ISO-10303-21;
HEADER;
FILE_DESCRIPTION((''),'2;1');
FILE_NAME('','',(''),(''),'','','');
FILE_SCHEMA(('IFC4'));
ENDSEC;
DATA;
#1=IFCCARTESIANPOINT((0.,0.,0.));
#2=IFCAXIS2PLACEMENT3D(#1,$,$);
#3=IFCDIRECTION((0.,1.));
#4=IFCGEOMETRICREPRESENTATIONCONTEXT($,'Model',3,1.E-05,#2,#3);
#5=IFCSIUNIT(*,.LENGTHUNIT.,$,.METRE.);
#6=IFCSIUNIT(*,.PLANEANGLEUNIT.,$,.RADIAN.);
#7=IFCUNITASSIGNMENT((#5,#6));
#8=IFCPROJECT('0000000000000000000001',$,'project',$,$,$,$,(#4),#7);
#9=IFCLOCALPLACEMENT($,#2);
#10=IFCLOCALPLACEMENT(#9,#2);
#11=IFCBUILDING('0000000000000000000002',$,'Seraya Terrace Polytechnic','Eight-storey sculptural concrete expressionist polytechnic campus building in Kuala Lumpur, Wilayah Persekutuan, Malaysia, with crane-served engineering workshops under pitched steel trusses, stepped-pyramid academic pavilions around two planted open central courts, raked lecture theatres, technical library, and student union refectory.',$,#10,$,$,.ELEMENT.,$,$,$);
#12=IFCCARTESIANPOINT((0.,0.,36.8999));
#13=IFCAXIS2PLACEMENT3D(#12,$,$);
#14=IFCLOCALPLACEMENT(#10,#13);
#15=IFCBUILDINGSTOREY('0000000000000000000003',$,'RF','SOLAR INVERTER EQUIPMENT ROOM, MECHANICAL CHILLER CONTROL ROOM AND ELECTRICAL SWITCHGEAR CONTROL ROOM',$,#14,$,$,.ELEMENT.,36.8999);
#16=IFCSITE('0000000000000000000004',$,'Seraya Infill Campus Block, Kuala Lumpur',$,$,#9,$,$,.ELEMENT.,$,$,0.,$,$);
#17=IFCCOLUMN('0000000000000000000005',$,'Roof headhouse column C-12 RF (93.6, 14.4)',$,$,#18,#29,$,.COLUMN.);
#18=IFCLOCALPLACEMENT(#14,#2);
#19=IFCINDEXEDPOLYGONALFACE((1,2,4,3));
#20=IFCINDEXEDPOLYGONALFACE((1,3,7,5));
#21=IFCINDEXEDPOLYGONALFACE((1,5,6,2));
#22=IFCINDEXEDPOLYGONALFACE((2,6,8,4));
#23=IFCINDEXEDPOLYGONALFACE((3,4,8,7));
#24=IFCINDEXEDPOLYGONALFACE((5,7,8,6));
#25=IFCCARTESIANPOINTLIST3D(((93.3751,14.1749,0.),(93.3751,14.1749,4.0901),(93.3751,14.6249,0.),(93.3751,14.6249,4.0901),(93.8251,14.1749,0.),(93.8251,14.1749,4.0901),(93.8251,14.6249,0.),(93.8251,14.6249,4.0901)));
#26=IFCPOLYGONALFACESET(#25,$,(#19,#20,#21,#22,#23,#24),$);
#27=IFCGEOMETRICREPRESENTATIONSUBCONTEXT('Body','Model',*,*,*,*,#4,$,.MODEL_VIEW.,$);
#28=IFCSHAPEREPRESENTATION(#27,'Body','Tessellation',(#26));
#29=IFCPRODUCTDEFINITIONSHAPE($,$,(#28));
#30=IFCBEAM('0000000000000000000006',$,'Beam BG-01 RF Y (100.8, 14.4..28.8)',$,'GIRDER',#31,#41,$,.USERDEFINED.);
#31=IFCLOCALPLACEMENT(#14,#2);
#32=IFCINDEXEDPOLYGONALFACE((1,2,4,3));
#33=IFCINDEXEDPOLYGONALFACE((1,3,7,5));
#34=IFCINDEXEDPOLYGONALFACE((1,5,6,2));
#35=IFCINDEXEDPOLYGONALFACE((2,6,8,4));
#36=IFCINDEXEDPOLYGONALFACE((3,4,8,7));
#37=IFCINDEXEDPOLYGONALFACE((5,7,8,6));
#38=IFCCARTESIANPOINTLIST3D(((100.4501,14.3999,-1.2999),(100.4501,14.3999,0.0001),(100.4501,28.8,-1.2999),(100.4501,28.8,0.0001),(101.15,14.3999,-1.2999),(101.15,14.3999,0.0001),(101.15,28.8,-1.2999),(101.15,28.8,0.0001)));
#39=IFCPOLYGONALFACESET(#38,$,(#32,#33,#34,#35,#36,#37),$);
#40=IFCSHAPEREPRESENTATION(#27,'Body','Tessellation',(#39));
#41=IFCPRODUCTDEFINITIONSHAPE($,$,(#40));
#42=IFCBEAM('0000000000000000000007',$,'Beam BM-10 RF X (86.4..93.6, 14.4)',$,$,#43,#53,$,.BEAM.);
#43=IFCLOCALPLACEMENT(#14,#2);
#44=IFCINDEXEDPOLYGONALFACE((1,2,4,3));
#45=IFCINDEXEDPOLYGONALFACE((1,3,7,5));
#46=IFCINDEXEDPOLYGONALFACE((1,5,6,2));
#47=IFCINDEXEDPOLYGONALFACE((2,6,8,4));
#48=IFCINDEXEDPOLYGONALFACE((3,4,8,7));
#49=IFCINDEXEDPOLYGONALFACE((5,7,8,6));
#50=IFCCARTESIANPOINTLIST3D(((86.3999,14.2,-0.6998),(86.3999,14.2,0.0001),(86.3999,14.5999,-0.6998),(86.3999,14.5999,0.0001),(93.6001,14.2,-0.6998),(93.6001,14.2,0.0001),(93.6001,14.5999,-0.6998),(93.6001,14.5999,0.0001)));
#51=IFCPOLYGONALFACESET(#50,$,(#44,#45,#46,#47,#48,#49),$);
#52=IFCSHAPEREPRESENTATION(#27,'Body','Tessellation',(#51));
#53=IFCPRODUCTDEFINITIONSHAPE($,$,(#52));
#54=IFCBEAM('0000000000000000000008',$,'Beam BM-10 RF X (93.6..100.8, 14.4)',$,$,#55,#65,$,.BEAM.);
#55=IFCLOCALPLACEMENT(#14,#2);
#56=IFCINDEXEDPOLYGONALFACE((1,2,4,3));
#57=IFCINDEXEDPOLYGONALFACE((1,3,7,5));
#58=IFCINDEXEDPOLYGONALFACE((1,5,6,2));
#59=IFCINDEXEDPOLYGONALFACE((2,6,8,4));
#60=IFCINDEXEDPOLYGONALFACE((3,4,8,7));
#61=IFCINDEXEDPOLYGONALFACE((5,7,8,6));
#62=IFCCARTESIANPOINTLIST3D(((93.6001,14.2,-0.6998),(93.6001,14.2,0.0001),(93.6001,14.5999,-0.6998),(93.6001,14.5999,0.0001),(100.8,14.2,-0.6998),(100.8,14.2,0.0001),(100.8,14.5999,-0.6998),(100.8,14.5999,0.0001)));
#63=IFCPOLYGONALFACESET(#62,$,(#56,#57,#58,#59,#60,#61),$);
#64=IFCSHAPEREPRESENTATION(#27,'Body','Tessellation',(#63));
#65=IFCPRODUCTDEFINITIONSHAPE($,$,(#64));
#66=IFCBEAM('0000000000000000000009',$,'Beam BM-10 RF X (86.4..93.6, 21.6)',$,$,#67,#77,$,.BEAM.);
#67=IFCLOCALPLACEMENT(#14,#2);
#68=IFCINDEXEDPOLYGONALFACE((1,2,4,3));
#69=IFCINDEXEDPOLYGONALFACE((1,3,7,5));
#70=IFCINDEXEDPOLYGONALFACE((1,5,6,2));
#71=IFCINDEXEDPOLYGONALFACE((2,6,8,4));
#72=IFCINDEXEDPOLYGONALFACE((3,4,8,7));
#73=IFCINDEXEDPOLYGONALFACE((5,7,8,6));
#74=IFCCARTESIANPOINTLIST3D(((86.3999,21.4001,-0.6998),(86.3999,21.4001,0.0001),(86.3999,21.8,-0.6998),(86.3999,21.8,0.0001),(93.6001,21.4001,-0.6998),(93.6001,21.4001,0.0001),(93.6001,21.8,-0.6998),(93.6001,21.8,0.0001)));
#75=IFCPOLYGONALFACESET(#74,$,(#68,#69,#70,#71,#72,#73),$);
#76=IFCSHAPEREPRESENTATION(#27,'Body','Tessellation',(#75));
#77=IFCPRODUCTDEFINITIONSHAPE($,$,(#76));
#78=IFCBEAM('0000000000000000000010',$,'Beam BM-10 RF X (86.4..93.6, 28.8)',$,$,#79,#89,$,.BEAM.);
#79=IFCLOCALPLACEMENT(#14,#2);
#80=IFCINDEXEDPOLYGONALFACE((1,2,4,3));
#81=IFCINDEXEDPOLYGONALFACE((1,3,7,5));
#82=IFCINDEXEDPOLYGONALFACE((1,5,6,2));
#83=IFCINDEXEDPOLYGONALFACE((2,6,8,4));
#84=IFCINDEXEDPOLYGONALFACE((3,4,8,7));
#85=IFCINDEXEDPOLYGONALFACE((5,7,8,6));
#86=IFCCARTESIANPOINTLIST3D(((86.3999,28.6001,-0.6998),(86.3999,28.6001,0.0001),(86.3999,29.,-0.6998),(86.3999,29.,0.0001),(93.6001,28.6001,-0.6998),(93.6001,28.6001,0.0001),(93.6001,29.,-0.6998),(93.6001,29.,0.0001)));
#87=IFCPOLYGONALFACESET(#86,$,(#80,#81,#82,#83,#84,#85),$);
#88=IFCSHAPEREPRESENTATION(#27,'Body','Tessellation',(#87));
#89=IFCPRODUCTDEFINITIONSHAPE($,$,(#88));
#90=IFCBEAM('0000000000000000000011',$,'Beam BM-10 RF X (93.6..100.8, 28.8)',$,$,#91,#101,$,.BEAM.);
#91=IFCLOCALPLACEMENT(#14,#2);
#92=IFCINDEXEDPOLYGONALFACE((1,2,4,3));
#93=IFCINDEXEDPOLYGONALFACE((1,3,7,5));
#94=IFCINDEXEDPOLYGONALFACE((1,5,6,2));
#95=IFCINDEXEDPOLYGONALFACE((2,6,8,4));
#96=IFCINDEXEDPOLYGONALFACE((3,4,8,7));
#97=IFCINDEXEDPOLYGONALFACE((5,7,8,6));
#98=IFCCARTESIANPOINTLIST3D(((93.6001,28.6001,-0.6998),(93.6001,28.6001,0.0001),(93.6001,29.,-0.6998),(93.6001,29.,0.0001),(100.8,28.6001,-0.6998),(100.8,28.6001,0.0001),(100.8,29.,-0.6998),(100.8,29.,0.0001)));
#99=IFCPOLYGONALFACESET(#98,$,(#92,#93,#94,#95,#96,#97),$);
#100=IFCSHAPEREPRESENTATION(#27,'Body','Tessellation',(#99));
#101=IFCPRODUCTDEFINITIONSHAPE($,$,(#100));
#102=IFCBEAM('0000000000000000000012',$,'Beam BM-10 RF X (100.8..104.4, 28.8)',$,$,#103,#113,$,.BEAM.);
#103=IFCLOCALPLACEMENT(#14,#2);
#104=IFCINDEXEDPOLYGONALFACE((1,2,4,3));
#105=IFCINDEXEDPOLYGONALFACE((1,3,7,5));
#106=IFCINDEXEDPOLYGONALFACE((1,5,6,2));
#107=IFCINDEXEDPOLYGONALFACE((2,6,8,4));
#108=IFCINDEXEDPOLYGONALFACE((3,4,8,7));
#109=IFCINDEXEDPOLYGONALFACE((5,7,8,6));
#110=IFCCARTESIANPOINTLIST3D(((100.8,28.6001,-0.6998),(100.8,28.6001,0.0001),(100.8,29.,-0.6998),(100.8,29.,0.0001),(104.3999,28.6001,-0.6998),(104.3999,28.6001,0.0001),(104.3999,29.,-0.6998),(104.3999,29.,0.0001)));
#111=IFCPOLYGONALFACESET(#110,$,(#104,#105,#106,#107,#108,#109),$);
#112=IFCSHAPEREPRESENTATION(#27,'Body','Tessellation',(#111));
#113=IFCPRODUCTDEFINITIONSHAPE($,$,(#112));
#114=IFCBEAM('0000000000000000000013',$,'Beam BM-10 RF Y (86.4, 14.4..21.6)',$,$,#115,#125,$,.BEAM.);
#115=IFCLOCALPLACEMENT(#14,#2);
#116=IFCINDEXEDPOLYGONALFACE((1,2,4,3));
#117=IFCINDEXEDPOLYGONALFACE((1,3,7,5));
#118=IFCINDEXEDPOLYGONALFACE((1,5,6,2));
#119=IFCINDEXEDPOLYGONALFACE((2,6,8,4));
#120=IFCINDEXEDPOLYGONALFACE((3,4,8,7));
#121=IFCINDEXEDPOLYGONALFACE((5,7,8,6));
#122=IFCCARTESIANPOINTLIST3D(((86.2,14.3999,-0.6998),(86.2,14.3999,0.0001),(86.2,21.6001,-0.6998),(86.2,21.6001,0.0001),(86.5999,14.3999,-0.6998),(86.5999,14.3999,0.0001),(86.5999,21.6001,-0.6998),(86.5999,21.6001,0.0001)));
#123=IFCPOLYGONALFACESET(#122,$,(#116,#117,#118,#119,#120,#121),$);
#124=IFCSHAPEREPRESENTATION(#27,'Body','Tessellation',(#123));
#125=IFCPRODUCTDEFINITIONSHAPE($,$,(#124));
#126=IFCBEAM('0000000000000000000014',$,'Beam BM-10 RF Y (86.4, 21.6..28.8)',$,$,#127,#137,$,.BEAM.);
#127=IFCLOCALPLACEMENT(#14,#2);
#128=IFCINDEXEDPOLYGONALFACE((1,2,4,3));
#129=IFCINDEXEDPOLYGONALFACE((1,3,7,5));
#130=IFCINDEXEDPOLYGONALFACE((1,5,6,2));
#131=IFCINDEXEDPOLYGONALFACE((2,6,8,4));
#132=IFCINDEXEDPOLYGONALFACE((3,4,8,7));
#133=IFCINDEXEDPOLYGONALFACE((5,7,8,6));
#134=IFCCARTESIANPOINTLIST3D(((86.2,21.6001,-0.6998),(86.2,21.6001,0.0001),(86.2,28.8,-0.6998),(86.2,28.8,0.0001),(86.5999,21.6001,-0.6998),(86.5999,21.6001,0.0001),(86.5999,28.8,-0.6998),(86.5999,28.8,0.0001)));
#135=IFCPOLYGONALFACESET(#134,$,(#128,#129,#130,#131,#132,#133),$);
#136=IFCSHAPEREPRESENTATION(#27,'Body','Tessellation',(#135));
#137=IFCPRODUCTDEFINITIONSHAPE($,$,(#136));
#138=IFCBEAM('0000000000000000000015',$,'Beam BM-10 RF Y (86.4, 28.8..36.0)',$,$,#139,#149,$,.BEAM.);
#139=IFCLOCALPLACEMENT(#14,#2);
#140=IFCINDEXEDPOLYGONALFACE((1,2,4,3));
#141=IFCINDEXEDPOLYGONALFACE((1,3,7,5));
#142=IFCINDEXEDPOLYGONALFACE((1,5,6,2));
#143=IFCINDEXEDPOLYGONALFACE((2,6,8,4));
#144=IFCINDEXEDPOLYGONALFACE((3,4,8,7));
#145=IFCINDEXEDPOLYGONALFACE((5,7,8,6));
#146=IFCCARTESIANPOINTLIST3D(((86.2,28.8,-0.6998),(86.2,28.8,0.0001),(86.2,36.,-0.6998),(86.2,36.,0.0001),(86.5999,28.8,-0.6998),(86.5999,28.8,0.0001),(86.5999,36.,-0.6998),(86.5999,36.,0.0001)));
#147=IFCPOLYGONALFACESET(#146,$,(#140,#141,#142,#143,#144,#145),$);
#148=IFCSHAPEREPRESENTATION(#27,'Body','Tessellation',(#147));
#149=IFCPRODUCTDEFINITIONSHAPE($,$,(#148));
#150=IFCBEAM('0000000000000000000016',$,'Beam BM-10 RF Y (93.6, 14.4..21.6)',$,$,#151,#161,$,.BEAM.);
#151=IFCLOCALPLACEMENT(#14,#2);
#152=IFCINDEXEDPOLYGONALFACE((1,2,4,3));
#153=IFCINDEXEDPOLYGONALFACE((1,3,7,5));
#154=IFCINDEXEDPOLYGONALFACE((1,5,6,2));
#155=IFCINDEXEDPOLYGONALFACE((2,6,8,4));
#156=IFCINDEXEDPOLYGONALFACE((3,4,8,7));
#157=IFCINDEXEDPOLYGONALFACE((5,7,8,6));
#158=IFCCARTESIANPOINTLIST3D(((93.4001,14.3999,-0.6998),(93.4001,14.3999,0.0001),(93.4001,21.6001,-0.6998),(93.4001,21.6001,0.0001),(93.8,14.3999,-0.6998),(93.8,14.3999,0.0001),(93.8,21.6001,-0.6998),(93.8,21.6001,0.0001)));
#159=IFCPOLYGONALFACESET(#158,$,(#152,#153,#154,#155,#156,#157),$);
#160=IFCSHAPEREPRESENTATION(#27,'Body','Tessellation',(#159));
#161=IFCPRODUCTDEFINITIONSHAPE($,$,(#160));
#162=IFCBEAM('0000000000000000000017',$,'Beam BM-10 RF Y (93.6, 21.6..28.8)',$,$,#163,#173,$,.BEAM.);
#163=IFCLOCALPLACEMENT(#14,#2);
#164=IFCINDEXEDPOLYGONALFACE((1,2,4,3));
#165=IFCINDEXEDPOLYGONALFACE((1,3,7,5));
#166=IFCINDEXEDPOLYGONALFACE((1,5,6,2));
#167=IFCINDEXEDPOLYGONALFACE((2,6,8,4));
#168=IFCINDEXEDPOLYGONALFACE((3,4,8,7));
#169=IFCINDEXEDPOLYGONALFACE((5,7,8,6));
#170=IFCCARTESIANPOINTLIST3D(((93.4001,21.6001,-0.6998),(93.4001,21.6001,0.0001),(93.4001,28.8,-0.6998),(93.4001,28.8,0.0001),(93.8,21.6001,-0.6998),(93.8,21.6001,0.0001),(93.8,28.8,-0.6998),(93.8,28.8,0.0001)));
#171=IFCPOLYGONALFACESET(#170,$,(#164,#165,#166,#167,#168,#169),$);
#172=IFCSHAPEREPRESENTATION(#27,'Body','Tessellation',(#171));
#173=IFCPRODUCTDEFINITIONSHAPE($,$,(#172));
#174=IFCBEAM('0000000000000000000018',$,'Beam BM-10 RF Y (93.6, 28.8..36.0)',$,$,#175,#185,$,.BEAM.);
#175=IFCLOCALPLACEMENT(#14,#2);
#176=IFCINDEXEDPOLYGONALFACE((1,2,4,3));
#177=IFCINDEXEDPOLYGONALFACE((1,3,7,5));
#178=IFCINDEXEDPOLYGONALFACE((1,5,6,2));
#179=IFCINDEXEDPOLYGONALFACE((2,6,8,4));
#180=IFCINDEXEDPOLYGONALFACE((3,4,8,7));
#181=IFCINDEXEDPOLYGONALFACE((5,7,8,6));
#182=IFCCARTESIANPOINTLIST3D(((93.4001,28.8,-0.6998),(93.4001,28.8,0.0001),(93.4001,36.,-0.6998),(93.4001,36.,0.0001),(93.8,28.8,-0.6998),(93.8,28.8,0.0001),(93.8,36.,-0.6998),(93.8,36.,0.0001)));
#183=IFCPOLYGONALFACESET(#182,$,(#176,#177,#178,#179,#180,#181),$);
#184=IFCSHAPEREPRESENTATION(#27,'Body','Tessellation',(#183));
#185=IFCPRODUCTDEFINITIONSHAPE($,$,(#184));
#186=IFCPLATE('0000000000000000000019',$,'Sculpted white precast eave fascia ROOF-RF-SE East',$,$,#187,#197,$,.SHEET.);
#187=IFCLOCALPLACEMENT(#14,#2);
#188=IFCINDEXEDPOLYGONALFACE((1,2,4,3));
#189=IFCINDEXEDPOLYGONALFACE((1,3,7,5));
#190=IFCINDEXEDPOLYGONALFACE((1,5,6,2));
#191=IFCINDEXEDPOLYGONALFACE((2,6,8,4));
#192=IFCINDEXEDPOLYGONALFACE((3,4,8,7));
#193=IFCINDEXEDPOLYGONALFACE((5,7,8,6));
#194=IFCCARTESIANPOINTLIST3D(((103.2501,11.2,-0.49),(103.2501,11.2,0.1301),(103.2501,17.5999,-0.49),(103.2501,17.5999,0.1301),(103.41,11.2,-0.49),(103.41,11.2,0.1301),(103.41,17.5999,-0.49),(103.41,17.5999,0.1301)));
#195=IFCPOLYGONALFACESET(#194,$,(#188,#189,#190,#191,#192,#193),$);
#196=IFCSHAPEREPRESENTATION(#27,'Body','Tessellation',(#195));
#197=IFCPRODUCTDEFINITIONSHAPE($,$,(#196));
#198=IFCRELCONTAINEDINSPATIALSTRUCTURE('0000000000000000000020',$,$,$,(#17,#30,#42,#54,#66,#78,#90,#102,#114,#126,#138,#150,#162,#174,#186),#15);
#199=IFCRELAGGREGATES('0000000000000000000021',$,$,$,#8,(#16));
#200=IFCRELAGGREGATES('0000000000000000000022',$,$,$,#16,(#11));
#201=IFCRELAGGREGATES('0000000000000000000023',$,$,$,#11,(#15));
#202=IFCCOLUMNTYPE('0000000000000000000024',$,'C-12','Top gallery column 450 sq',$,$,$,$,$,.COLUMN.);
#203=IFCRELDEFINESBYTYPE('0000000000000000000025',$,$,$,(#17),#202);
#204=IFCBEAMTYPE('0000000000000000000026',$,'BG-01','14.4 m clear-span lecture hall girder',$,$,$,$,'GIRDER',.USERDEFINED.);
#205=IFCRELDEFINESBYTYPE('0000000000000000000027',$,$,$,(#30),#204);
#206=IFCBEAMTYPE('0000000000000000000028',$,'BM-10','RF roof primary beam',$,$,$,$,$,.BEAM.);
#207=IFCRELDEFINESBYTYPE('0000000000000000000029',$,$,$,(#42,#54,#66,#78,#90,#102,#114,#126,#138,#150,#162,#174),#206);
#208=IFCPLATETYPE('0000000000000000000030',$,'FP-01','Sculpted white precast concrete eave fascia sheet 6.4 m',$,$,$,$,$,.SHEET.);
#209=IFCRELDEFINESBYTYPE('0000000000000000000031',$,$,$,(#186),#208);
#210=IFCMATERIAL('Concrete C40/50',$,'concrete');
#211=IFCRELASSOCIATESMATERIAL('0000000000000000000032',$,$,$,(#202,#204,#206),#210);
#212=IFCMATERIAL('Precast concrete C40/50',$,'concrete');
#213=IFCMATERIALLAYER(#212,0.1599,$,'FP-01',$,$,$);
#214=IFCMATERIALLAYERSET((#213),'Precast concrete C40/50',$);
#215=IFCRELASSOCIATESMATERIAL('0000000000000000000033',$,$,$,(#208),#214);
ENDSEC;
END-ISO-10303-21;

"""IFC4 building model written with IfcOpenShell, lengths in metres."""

from ifc_helpers import new_model, si_unit, direction, frame, origin, origin_2d, place, context, subcontext, project, spatial, rectangle, extrude, material, layer, layer_set, material_profile, profile_set, type_object, element, save


model = new_model("IFC4")

# Units and contexts
model_context = context("Model", 3, precision=1e-05, world=origin(), true_north=direction((0.0, 1.0)))
body_context = subcontext(model_context, "Body", "Model", "MODEL_VIEW")
ifc_project = project(units=[si_unit("LENGTHUNIT", "METRE"), si_unit("PLANEANGLEUNIT", "RADIAN")], contexts=[model_context])

# Site, building, storey
site_placement = place(None, origin())
site = spatial("IfcSite", under=ifc_project, at=site_placement, Name="Seraya Infill Campus Block, Kuala Lumpur", CompositionType="ELEMENT", RefElevation=0.0)
building_placement = place(site_placement, origin())
building = spatial("IfcBuilding", under=site, at=building_placement, Name="Seraya Terrace Polytechnic", Description="Eight-storey sculptural concrete expressionist polytechnic campus building in Kuala Lumpur, Wilayah Persekutuan, Malaysia, with crane-served engineering workshops under pitched steel trusses, stepped-pyramid academic pavilions around two planted open central courts, raked lecture theatres, technical library, and student union refectory.", CompositionType="ELEMENT")
storey_placement = place(building_placement, frame((0.0, 0.0, 36.8999)))
storey = spatial("IfcBuildingStorey", under=building, at=storey_placement, Name="RF", Description="SOLAR INVERTER EQUIPMENT ROOM, MECHANICAL CHILLER CONTROL ROOM AND ELECTRICAL SWITCHGEAR CONTROL ROOM", CompositionType="ELEMENT", Elevation=36.8999)

# Column
ifc_material_1 = material(Name="Concrete C40/50", Category="concrete")
ifc_material_profile_1 = material_profile(ifc_material_1, rectangle(XDim=0.45, YDim=0.45, at=origin_2d()), Name="RC 450x450")
ifc_profile_set_1 = profile_set([ifc_material_profile_1], Name="Concrete C40/50")
column_type = type_object("IfcColumnType", Name="C-12", Description="Top gallery column 450 sq", PredefinedType="COLUMN", material=ifc_profile_set_1)
column_placement = place(storey_placement, frame((93.6001, 14.3999, 0.0), z_axis=(0.0, 0.0, 1.0), x_axis=(1.0, 0.0, 0.0)))
element("IfcColumn", 1, at=column_placement, inside=storey, type_object=column_type, Name="Roof headhouse column C-12 RF (93.6, 14.4)", PredefinedType="COLUMN", context=body_context, shape_type="SweptSolid", body=[
    extrude(rectangle(XDim=0.45, YDim=0.45, at=origin_2d()), origin(), (0.0, 0.0, 1.0), 4.0901),
])

# Beams
ifc_material_profile_2 = material_profile(ifc_material_1, rectangle(XDim=0.7, YDim=1.3, at=origin_2d()), Name="RC 700x1300")
ifc_profile_set_2 = profile_set([ifc_material_profile_2], Name="Concrete C40/50")
beam_type_1 = type_object("IfcBeamType", Name="BG-01", Description="14.4 m clear-span lecture hall girder", ElementType="GIRDER", PredefinedType="USERDEFINED", material=ifc_profile_set_2)
beam_1_placement = place(storey_placement, frame((100.8, 14.3999, -0.6499), z_axis=(0.0, 1.0, 0.0), x_axis=(-1.0, 0.0, 0.0)))
element("IfcBeam", 2, at=beam_1_placement, inside=storey, type_object=beam_type_1, Name="Beam BG-01 RF Y (100.8, 14.4..28.8)", ObjectType="GIRDER", PredefinedType="USERDEFINED", context=body_context, shape_type="SweptSolid", body=[
    extrude(rectangle(XDim=0.7, YDim=1.3, at=origin_2d()), origin(), (0.0, 0.0, 1.0), 14.4001),
])
ifc_material_profile_3 = material_profile(ifc_material_1, rectangle(XDim=0.3999, YDim=0.7, at=origin_2d()), Name="RC 400x700")
ifc_profile_set_3 = profile_set([ifc_material_profile_3], Name="Concrete C40/50")
beam_type_2 = type_object("IfcBeamType", Name="BM-10", Description="RF roof primary beam", PredefinedType="BEAM", material=ifc_profile_set_3)
beam_2_placement = place(storey_placement, frame((86.3999, 14.3999, -0.3499), z_axis=(1.0, 0.0, 0.0), x_axis=(0.0, 1.0, 0.0)))
element("IfcBeam", 3, at=beam_2_placement, inside=storey, type_object=beam_type_2, Name="Beam BM-10 RF X (86.4..93.6, 14.4)", PredefinedType="BEAM", context=body_context, shape_type="SweptSolid", body=[
    extrude(rectangle(XDim=0.3999, YDim=0.7, at=origin_2d()), origin(), (0.0, 0.0, 1.0), 7.2002),
])
beam_3_placement = place(storey_placement, frame((93.6001, 14.3999, -0.3499), z_axis=(1.0, 0.0, 0.0), x_axis=(0.0, 1.0, 0.0)))
element("IfcBeam", 4, at=beam_3_placement, inside=storey, type_object=beam_type_2, Name="Beam BM-10 RF X (93.6..100.8, 14.4)", PredefinedType="BEAM", context=body_context, shape_type="SweptSolid", body=[
    extrude(rectangle(XDim=0.3999, YDim=0.7, at=origin_2d()), origin(), (0.0, 0.0, 1.0), 7.2),
])
for number, where, z_axis, x_axis, name in (
    (5, (86.3999, 21.6001, -0.3499), (1.0, 0.0, 0.0), (0.0, 1.0, 0.0), "Beam BM-10 RF X (86.4..93.6, 21.6)"),
    (6, (86.3999, 28.8, -0.3499), (1.0, 0.0, 0.0), (0.0, 1.0, 0.0), "Beam BM-10 RF X (86.4..93.6, 28.8)"),
):
    element("IfcBeam", number, at=place(storey_placement, frame(where, z_axis=z_axis, x_axis=x_axis)), inside=storey, type_object=beam_type_2, Name=name, PredefinedType="BEAM", context=body_context, shape_type="SweptSolid", body=[
        extrude(rectangle(XDim=0.3999, YDim=0.7, at=origin_2d()), origin(), (0.0, 0.0, 1.0), 7.2002),
    ])
beam_4_placement = place(storey_placement, frame((93.6001, 28.8, -0.3499), z_axis=(1.0, 0.0, 0.0), x_axis=(0.0, 1.0, 0.0)))
element("IfcBeam", 7, at=beam_4_placement, inside=storey, type_object=beam_type_2, Name="Beam BM-10 RF X (93.6..100.8, 28.8)", PredefinedType="BEAM", context=body_context, shape_type="SweptSolid", body=[
    extrude(rectangle(XDim=0.3999, YDim=0.7, at=origin_2d()), origin(), (0.0, 0.0, 1.0), 7.2),
])
beam_5_placement = place(storey_placement, frame((100.8, 28.8, -0.3499), z_axis=(1.0, 0.0, 0.0), x_axis=(0.0, 1.0, 0.0)))
element("IfcBeam", 8, at=beam_5_placement, inside=storey, type_object=beam_type_2, Name="Beam BM-10 RF X (100.8..104.4, 28.8)", PredefinedType="BEAM", context=body_context, shape_type="SweptSolid", body=[
    extrude(rectangle(XDim=0.3999, YDim=0.7, at=origin_2d()), origin(), (0.0, 0.0, 1.0), 3.5999),
])
beam_6_placement = place(storey_placement, frame((86.3999, 14.3999, -0.3499), z_axis=(0.0, 1.0, 0.0), x_axis=(-1.0, 0.0, 0.0)))
element("IfcBeam", 9, at=beam_6_placement, inside=storey, type_object=beam_type_2, Name="Beam BM-10 RF Y (86.4, 14.4..21.6)", PredefinedType="BEAM", context=body_context, shape_type="SweptSolid", body=[
    extrude(rectangle(XDim=0.3999, YDim=0.7, at=origin_2d()), origin(), (0.0, 0.0, 1.0), 7.2002),
])
for number, where, z_axis, x_axis, name in (
    (10, (86.3999, 21.6001, -0.3499), (0.0, 1.0, 0.0), (-1.0, 0.0, 0.0), "Beam BM-10 RF Y (86.4, 21.6..28.8)"),
    (11, (86.3999, 28.8, -0.3499), (0.0, 1.0, 0.0), (-1.0, 0.0, 0.0), "Beam BM-10 RF Y (86.4, 28.8..36.0)"),
):
    element("IfcBeam", number, at=place(storey_placement, frame(where, z_axis=z_axis, x_axis=x_axis)), inside=storey, type_object=beam_type_2, Name=name, PredefinedType="BEAM", context=body_context, shape_type="SweptSolid", body=[
        extrude(rectangle(XDim=0.3999, YDim=0.7, at=origin_2d()), origin(), (0.0, 0.0, 1.0), 7.2),
    ])
beam_7_placement = place(storey_placement, frame((93.6001, 14.3999, -0.3499), z_axis=(0.0, 1.0, 0.0), x_axis=(-1.0, 0.0, 0.0)))
element("IfcBeam", 12, at=beam_7_placement, inside=storey, type_object=beam_type_2, Name="Beam BM-10 RF Y (93.6, 14.4..21.6)", PredefinedType="BEAM", context=body_context, shape_type="SweptSolid", body=[
    extrude(rectangle(XDim=0.3999, YDim=0.7, at=origin_2d()), origin(), (0.0, 0.0, 1.0), 7.2002),
])
for number, where, z_axis, x_axis, name in (
    (13, (93.6001, 21.6001, -0.3499), (0.0, 1.0, 0.0), (-1.0, 0.0, 0.0), "Beam BM-10 RF Y (93.6, 21.6..28.8)"),
    (14, (93.6001, 28.8, -0.3499), (0.0, 1.0, 0.0), (-1.0, 0.0, 0.0), "Beam BM-10 RF Y (93.6, 28.8..36.0)"),
):
    element("IfcBeam", number, at=place(storey_placement, frame(where, z_axis=z_axis, x_axis=x_axis)), inside=storey, type_object=beam_type_2, Name=name, PredefinedType="BEAM", context=body_context, shape_type="SweptSolid", body=[
        extrude(rectangle(XDim=0.3999, YDim=0.7, at=origin_2d()), origin(), (0.0, 0.0, 1.0), 7.2),
    ])

# Plate
ifc_material_2 = material(Name="Precast concrete C40/50", Category="concrete")
ifc_layer_1 = layer(ifc_material_2, 0.1599, Name="FP-01")
ifc_layer_set_1 = layer_set([ifc_layer_1], Name="Precast concrete C40/50")
plate_type = type_object("IfcPlateType", Name="FP-01", Description="Sculpted white precast concrete eave fascia sheet 6.4 m", PredefinedType="SHEET", material=ifc_layer_set_1)
plate_placement = place(storey_placement, frame((103.3301, 14.3999, -0.49), z_axis=(0.0, 0.0, 1.0), x_axis=(0.0, 1.0, 0.0)))
element("IfcPlate", 15, at=plate_placement, inside=storey, type_object=plate_type, Name="Sculpted white precast eave fascia ROOF-RF-SE East", PredefinedType="SHEET", context=body_context, shape_type="SweptSolid", body=[
    extrude(rectangle(XDim=6.3999, YDim=0.1599, at=origin_2d()), origin(), (0.0, 0.0, 1.0), 0.6201),
])

save(model, "model.ifc")
